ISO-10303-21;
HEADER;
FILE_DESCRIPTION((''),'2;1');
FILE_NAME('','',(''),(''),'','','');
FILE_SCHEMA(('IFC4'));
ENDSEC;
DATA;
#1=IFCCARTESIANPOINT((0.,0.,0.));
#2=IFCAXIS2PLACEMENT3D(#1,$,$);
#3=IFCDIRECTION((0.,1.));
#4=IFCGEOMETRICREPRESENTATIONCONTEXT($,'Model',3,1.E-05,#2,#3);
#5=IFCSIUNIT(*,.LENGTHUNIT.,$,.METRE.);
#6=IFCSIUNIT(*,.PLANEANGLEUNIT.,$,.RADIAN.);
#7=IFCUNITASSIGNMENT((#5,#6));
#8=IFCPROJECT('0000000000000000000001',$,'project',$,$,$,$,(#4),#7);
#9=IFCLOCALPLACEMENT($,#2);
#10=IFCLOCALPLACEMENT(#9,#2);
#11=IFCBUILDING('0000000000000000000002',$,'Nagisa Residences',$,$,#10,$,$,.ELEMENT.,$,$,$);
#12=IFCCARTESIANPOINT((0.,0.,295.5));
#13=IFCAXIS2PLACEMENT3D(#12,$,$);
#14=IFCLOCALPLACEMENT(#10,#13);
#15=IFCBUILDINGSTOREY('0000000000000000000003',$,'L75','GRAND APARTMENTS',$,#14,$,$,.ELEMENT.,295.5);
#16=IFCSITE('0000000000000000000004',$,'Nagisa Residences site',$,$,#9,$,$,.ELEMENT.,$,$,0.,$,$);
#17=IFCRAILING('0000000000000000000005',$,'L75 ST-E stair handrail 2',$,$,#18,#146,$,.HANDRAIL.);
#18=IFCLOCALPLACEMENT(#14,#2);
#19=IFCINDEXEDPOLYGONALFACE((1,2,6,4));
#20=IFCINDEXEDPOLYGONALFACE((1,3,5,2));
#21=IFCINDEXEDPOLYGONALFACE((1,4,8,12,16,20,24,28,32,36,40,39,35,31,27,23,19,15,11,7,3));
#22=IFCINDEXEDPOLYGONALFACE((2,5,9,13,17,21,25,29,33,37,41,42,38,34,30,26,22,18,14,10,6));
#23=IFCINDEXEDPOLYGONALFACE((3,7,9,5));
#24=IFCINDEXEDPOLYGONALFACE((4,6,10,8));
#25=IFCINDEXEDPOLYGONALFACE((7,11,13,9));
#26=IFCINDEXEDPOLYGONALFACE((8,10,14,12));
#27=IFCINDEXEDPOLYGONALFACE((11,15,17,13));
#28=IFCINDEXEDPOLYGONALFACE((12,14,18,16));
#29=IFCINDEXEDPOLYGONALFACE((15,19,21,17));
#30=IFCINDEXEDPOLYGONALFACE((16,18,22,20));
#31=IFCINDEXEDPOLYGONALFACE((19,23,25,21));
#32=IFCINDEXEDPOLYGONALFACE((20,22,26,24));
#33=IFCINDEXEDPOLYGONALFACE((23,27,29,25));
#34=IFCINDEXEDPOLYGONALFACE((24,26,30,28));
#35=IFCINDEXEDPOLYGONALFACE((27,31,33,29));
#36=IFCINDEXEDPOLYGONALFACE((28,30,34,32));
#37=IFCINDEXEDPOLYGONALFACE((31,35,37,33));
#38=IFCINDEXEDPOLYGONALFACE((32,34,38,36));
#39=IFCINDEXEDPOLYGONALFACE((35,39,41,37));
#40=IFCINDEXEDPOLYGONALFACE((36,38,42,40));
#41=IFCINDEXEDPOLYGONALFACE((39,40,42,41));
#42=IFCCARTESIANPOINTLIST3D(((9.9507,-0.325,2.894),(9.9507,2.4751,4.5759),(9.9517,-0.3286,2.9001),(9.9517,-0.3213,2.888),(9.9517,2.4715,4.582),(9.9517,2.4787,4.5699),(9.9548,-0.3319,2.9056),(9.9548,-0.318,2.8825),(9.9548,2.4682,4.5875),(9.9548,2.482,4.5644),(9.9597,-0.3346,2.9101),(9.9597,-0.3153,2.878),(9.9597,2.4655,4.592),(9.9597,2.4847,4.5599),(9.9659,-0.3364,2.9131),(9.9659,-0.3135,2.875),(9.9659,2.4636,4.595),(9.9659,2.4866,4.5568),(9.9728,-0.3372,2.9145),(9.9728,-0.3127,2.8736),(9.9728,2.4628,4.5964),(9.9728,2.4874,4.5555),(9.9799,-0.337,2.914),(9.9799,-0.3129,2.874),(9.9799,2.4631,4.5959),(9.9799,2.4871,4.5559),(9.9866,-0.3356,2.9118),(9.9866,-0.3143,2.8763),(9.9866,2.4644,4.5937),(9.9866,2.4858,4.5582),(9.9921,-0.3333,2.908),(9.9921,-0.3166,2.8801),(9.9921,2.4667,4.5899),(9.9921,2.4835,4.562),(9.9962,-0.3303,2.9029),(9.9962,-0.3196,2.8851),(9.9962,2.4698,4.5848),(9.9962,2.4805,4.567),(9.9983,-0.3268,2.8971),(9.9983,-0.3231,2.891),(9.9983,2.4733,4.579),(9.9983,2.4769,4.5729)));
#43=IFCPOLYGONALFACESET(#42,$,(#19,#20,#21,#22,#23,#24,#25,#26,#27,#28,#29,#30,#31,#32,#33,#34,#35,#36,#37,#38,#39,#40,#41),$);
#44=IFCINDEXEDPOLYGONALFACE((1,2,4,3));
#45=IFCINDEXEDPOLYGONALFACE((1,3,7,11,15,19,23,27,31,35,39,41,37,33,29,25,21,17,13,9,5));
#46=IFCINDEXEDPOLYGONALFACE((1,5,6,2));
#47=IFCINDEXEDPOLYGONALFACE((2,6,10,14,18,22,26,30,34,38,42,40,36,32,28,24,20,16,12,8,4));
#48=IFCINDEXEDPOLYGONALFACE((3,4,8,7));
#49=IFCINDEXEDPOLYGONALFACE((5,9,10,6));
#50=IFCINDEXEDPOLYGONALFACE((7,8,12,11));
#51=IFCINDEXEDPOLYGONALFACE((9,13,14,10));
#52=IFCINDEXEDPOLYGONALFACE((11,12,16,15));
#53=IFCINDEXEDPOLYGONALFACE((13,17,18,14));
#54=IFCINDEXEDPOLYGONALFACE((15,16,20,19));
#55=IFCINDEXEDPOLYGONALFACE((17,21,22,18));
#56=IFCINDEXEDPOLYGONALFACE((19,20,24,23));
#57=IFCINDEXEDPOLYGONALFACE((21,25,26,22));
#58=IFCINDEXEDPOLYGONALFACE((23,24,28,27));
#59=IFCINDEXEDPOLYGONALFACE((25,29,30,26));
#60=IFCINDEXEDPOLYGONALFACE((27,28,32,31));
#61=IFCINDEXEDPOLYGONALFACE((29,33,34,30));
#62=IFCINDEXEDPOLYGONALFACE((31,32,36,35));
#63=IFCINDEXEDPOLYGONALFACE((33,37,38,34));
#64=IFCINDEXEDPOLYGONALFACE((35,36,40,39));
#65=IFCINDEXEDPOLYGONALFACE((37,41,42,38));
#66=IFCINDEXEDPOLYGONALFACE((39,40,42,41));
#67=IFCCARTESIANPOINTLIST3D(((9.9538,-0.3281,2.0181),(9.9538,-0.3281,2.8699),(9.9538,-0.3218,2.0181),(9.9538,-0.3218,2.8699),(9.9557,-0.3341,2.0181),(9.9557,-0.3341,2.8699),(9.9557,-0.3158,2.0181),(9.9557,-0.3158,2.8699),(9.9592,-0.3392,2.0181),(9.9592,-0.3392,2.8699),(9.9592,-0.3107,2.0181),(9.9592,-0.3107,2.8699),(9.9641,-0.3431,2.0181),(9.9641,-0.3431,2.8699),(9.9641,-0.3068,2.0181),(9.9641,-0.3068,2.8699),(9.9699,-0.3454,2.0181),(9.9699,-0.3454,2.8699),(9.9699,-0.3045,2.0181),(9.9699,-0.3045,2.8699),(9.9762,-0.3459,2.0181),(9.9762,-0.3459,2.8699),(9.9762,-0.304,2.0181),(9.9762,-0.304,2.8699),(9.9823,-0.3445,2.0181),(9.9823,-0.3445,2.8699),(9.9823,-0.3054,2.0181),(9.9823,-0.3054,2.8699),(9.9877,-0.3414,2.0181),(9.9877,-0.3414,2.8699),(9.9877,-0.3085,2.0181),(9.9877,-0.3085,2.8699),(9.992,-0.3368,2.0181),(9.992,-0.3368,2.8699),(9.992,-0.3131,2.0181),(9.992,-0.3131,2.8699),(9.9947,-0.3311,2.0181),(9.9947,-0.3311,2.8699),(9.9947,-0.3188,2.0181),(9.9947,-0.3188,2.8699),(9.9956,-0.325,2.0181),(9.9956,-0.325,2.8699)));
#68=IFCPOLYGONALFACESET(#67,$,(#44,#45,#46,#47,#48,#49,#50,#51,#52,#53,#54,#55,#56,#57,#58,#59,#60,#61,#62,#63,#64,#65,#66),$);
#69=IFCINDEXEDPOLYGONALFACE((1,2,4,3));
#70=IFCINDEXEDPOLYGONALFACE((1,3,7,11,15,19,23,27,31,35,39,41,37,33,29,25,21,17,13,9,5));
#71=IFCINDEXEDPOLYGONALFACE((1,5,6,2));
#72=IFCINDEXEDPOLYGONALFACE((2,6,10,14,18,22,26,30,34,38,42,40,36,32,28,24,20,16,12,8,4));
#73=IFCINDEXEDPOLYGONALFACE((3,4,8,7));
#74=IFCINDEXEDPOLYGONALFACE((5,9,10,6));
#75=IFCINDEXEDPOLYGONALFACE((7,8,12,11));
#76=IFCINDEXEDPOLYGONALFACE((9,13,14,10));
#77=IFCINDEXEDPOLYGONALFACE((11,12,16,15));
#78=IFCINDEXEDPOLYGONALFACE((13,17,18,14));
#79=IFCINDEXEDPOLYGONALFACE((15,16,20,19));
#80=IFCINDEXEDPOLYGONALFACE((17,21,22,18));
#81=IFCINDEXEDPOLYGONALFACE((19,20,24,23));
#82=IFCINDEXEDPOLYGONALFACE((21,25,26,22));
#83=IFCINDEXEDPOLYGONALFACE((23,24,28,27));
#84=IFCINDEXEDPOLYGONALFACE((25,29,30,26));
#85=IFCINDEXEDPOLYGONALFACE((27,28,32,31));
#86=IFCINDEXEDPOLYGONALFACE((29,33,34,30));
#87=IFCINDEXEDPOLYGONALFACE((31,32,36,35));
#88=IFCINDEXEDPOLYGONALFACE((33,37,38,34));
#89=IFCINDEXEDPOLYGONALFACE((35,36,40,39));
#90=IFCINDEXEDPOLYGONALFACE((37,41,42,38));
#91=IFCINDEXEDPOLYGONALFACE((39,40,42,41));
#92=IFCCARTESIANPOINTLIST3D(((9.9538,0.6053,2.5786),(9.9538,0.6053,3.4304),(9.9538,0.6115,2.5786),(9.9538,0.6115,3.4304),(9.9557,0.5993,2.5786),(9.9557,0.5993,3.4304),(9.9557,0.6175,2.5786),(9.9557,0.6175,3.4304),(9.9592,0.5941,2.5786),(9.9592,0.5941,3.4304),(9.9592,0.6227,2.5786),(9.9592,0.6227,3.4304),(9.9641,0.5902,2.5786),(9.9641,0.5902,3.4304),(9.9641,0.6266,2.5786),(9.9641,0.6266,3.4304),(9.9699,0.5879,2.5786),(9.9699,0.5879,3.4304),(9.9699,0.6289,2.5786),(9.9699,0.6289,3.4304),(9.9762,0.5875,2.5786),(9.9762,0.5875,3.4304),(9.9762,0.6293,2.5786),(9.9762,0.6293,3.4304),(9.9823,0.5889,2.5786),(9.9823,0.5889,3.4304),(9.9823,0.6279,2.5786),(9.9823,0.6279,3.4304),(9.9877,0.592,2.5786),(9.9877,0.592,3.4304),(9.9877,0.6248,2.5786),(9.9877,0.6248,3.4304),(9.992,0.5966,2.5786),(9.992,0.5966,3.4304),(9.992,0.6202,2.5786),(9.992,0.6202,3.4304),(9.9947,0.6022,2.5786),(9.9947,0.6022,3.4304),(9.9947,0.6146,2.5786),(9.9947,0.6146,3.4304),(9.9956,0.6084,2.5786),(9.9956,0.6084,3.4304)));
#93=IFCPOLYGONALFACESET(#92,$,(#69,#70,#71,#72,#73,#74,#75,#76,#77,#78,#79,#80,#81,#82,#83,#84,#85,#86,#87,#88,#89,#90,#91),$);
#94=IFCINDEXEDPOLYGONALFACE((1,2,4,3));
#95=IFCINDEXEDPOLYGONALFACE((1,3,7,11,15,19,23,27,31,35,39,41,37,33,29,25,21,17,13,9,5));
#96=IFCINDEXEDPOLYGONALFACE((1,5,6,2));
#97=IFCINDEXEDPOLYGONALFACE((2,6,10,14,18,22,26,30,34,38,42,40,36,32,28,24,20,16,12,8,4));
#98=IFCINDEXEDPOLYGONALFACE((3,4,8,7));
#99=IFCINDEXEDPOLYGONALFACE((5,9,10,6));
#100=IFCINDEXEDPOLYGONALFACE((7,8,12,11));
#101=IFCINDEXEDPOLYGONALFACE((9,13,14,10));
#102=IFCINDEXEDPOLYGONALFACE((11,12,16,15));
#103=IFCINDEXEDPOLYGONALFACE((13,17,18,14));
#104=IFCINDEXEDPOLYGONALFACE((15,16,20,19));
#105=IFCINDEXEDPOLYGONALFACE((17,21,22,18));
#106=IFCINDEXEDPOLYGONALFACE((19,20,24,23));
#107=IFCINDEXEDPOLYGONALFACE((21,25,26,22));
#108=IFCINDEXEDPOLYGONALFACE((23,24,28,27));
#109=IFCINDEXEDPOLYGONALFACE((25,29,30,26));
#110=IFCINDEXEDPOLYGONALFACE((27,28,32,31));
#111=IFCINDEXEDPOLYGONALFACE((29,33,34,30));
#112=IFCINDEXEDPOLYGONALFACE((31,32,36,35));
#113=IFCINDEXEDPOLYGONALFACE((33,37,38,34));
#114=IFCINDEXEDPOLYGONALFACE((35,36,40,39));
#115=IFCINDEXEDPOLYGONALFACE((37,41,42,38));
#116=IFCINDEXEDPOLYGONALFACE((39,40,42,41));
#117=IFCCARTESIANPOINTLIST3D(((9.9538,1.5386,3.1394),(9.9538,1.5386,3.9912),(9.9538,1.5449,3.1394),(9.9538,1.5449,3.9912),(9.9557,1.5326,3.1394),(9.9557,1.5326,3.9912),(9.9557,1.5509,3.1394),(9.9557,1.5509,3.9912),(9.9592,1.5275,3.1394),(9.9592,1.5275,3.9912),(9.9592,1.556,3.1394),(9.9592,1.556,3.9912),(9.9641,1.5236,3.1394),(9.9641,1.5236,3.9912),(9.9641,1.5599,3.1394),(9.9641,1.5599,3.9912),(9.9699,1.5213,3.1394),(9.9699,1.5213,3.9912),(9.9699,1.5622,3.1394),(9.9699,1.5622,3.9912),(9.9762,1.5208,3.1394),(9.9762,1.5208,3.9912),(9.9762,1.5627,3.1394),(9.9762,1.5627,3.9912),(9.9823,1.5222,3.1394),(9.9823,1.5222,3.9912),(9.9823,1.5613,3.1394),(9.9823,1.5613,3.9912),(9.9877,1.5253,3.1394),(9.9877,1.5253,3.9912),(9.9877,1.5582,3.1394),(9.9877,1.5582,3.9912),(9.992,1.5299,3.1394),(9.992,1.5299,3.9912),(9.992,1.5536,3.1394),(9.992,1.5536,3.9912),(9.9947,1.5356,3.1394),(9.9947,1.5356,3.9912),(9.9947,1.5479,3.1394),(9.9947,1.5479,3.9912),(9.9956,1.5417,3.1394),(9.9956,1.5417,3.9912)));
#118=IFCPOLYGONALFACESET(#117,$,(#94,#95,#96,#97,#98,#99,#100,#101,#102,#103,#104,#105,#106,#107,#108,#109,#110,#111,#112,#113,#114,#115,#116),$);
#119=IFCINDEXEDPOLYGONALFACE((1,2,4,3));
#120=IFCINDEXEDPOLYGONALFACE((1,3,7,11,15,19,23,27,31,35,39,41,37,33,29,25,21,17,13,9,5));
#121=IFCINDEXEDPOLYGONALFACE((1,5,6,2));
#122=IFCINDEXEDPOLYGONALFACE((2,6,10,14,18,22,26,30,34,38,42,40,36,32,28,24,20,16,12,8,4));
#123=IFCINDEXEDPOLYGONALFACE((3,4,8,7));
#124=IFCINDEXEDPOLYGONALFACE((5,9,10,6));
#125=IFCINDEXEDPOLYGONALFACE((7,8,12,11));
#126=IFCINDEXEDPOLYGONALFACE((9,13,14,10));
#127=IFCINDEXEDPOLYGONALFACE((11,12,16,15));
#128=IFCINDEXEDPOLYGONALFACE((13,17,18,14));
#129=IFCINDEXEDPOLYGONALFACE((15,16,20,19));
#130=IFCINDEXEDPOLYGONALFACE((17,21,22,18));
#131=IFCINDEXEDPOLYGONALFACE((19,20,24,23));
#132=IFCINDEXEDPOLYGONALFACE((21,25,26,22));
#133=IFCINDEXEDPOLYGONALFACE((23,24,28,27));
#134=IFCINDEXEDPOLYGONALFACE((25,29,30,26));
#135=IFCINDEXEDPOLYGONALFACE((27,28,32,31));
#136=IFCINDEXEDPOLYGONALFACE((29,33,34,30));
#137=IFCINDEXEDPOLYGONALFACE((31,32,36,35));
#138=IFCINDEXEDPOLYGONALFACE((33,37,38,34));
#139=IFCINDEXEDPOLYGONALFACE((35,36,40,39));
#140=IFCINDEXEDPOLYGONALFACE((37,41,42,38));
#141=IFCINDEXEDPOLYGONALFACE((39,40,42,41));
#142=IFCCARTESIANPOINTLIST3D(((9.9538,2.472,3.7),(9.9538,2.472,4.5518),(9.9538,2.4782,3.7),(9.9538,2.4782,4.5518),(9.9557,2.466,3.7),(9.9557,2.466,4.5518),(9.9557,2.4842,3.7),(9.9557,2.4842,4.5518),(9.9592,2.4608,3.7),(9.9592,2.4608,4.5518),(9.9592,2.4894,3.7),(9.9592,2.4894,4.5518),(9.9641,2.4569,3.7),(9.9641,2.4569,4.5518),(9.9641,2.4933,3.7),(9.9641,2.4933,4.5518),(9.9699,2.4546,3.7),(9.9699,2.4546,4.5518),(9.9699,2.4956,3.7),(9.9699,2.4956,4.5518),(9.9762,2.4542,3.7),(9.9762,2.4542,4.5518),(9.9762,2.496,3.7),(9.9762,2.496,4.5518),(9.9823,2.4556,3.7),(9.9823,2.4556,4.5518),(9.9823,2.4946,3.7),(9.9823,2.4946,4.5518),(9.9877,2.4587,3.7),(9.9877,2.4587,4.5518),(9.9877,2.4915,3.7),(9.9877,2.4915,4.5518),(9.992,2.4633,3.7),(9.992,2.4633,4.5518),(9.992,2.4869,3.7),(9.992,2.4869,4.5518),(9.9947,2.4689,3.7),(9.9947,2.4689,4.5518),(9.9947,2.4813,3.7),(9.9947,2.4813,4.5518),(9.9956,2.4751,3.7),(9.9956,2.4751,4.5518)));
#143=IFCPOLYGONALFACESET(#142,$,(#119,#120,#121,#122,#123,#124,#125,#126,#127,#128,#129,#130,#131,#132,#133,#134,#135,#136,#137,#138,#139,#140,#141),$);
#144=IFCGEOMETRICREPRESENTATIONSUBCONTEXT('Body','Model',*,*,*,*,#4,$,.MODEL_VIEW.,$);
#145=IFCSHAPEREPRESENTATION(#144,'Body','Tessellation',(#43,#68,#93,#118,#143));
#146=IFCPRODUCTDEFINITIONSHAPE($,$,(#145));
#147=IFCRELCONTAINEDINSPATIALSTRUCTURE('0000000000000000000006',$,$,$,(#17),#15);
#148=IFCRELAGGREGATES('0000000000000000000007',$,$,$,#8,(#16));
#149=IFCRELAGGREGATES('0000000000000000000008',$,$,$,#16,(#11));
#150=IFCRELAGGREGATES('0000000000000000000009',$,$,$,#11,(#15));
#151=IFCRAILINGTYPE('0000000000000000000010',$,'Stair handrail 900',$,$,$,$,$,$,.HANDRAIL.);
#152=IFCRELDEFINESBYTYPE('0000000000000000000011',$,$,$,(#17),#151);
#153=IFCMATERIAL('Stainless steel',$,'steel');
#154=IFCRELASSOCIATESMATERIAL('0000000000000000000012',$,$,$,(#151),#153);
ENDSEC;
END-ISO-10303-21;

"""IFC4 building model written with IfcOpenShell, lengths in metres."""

from ifc_helpers import new_model, si_unit, direction, frame, origin, origin_2d, place, context, subcontext, project, spatial, circle, extrude, material, type_object, element, save


model = new_model("IFC4")

# Units and contexts
model_context = context("Model", 3, precision=1e-05, world=origin(), true_north=direction((0.0, 1.0)))
body_context = subcontext(model_context, "Body", "Model", "MODEL_VIEW")
ifc_project = project(units=[si_unit("LENGTHUNIT", "METRE"), si_unit("PLANEANGLEUNIT", "RADIAN")], contexts=[model_context])

# Site, building, storey
site_placement = place(None, origin())
site = spatial("IfcSite", under=ifc_project, at=site_placement, Name="Nagisa Residences site", CompositionType="ELEMENT", RefElevation=0.0)
building_placement = place(site_placement, origin())
building = spatial("IfcBuilding", under=site, at=building_placement, Name="Nagisa Residences", CompositionType="ELEMENT")
storey_placement = place(building_placement, frame((0.0, 0.0, 295.5)))
storey = spatial("IfcBuildingStorey", under=building, at=storey_placement, Name="L75", Description="GRAND APARTMENTS", CompositionType="ELEMENT", Elevation=295.5)

# Railing
ifc_material_1 = material(Name="Stainless steel", Category="steel")
railing_type_1 = type_object("IfcRailingType", Name="Stair handrail 900", PredefinedType="HANDRAIL", material=ifc_material_1)
railing_1_placement = place(storey_placement, frame((9.9746, -0.325, 2.0181)))
element("IfcRailing", 1, at=railing_1_placement, inside=storey, type_object=railing_type_1, Name="L75 ST-E stair handrail 2", PredefinedType="HANDRAIL", context=body_context, shape_type="SweptSolid", body=[
    extrude(circle(Radius=0.0239, at=origin_2d()), frame((0.0, 0.0, 0.876), z_axis=(0.0, 0.857242, 0.514913), x_axis=(-1.0, 0.0, 0.0)), (0.0, 0.0, 1.0), 3.2664),
    extrude(circle(Radius=0.021, at=origin_2d()), origin(), (0.0, 0.0, 1.0), 0.8518),
    extrude(circle(Radius=0.021, at=origin_2d()), frame((0.0, 0.9333, 0.5605)), (0.0, 0.0, 1.0), 0.8518),
    extrude(circle(Radius=0.021, at=origin_2d()), frame((0.0, 1.8667, 1.1213)), (0.0, 0.0, 1.0), 0.8518),
    extrude(circle(Radius=0.021, at=origin_2d()), frame((0.0, 2.8, 1.6819)), (0.0, 0.0, 1.0), 0.8518),
])

save(model, "model.ifc")
